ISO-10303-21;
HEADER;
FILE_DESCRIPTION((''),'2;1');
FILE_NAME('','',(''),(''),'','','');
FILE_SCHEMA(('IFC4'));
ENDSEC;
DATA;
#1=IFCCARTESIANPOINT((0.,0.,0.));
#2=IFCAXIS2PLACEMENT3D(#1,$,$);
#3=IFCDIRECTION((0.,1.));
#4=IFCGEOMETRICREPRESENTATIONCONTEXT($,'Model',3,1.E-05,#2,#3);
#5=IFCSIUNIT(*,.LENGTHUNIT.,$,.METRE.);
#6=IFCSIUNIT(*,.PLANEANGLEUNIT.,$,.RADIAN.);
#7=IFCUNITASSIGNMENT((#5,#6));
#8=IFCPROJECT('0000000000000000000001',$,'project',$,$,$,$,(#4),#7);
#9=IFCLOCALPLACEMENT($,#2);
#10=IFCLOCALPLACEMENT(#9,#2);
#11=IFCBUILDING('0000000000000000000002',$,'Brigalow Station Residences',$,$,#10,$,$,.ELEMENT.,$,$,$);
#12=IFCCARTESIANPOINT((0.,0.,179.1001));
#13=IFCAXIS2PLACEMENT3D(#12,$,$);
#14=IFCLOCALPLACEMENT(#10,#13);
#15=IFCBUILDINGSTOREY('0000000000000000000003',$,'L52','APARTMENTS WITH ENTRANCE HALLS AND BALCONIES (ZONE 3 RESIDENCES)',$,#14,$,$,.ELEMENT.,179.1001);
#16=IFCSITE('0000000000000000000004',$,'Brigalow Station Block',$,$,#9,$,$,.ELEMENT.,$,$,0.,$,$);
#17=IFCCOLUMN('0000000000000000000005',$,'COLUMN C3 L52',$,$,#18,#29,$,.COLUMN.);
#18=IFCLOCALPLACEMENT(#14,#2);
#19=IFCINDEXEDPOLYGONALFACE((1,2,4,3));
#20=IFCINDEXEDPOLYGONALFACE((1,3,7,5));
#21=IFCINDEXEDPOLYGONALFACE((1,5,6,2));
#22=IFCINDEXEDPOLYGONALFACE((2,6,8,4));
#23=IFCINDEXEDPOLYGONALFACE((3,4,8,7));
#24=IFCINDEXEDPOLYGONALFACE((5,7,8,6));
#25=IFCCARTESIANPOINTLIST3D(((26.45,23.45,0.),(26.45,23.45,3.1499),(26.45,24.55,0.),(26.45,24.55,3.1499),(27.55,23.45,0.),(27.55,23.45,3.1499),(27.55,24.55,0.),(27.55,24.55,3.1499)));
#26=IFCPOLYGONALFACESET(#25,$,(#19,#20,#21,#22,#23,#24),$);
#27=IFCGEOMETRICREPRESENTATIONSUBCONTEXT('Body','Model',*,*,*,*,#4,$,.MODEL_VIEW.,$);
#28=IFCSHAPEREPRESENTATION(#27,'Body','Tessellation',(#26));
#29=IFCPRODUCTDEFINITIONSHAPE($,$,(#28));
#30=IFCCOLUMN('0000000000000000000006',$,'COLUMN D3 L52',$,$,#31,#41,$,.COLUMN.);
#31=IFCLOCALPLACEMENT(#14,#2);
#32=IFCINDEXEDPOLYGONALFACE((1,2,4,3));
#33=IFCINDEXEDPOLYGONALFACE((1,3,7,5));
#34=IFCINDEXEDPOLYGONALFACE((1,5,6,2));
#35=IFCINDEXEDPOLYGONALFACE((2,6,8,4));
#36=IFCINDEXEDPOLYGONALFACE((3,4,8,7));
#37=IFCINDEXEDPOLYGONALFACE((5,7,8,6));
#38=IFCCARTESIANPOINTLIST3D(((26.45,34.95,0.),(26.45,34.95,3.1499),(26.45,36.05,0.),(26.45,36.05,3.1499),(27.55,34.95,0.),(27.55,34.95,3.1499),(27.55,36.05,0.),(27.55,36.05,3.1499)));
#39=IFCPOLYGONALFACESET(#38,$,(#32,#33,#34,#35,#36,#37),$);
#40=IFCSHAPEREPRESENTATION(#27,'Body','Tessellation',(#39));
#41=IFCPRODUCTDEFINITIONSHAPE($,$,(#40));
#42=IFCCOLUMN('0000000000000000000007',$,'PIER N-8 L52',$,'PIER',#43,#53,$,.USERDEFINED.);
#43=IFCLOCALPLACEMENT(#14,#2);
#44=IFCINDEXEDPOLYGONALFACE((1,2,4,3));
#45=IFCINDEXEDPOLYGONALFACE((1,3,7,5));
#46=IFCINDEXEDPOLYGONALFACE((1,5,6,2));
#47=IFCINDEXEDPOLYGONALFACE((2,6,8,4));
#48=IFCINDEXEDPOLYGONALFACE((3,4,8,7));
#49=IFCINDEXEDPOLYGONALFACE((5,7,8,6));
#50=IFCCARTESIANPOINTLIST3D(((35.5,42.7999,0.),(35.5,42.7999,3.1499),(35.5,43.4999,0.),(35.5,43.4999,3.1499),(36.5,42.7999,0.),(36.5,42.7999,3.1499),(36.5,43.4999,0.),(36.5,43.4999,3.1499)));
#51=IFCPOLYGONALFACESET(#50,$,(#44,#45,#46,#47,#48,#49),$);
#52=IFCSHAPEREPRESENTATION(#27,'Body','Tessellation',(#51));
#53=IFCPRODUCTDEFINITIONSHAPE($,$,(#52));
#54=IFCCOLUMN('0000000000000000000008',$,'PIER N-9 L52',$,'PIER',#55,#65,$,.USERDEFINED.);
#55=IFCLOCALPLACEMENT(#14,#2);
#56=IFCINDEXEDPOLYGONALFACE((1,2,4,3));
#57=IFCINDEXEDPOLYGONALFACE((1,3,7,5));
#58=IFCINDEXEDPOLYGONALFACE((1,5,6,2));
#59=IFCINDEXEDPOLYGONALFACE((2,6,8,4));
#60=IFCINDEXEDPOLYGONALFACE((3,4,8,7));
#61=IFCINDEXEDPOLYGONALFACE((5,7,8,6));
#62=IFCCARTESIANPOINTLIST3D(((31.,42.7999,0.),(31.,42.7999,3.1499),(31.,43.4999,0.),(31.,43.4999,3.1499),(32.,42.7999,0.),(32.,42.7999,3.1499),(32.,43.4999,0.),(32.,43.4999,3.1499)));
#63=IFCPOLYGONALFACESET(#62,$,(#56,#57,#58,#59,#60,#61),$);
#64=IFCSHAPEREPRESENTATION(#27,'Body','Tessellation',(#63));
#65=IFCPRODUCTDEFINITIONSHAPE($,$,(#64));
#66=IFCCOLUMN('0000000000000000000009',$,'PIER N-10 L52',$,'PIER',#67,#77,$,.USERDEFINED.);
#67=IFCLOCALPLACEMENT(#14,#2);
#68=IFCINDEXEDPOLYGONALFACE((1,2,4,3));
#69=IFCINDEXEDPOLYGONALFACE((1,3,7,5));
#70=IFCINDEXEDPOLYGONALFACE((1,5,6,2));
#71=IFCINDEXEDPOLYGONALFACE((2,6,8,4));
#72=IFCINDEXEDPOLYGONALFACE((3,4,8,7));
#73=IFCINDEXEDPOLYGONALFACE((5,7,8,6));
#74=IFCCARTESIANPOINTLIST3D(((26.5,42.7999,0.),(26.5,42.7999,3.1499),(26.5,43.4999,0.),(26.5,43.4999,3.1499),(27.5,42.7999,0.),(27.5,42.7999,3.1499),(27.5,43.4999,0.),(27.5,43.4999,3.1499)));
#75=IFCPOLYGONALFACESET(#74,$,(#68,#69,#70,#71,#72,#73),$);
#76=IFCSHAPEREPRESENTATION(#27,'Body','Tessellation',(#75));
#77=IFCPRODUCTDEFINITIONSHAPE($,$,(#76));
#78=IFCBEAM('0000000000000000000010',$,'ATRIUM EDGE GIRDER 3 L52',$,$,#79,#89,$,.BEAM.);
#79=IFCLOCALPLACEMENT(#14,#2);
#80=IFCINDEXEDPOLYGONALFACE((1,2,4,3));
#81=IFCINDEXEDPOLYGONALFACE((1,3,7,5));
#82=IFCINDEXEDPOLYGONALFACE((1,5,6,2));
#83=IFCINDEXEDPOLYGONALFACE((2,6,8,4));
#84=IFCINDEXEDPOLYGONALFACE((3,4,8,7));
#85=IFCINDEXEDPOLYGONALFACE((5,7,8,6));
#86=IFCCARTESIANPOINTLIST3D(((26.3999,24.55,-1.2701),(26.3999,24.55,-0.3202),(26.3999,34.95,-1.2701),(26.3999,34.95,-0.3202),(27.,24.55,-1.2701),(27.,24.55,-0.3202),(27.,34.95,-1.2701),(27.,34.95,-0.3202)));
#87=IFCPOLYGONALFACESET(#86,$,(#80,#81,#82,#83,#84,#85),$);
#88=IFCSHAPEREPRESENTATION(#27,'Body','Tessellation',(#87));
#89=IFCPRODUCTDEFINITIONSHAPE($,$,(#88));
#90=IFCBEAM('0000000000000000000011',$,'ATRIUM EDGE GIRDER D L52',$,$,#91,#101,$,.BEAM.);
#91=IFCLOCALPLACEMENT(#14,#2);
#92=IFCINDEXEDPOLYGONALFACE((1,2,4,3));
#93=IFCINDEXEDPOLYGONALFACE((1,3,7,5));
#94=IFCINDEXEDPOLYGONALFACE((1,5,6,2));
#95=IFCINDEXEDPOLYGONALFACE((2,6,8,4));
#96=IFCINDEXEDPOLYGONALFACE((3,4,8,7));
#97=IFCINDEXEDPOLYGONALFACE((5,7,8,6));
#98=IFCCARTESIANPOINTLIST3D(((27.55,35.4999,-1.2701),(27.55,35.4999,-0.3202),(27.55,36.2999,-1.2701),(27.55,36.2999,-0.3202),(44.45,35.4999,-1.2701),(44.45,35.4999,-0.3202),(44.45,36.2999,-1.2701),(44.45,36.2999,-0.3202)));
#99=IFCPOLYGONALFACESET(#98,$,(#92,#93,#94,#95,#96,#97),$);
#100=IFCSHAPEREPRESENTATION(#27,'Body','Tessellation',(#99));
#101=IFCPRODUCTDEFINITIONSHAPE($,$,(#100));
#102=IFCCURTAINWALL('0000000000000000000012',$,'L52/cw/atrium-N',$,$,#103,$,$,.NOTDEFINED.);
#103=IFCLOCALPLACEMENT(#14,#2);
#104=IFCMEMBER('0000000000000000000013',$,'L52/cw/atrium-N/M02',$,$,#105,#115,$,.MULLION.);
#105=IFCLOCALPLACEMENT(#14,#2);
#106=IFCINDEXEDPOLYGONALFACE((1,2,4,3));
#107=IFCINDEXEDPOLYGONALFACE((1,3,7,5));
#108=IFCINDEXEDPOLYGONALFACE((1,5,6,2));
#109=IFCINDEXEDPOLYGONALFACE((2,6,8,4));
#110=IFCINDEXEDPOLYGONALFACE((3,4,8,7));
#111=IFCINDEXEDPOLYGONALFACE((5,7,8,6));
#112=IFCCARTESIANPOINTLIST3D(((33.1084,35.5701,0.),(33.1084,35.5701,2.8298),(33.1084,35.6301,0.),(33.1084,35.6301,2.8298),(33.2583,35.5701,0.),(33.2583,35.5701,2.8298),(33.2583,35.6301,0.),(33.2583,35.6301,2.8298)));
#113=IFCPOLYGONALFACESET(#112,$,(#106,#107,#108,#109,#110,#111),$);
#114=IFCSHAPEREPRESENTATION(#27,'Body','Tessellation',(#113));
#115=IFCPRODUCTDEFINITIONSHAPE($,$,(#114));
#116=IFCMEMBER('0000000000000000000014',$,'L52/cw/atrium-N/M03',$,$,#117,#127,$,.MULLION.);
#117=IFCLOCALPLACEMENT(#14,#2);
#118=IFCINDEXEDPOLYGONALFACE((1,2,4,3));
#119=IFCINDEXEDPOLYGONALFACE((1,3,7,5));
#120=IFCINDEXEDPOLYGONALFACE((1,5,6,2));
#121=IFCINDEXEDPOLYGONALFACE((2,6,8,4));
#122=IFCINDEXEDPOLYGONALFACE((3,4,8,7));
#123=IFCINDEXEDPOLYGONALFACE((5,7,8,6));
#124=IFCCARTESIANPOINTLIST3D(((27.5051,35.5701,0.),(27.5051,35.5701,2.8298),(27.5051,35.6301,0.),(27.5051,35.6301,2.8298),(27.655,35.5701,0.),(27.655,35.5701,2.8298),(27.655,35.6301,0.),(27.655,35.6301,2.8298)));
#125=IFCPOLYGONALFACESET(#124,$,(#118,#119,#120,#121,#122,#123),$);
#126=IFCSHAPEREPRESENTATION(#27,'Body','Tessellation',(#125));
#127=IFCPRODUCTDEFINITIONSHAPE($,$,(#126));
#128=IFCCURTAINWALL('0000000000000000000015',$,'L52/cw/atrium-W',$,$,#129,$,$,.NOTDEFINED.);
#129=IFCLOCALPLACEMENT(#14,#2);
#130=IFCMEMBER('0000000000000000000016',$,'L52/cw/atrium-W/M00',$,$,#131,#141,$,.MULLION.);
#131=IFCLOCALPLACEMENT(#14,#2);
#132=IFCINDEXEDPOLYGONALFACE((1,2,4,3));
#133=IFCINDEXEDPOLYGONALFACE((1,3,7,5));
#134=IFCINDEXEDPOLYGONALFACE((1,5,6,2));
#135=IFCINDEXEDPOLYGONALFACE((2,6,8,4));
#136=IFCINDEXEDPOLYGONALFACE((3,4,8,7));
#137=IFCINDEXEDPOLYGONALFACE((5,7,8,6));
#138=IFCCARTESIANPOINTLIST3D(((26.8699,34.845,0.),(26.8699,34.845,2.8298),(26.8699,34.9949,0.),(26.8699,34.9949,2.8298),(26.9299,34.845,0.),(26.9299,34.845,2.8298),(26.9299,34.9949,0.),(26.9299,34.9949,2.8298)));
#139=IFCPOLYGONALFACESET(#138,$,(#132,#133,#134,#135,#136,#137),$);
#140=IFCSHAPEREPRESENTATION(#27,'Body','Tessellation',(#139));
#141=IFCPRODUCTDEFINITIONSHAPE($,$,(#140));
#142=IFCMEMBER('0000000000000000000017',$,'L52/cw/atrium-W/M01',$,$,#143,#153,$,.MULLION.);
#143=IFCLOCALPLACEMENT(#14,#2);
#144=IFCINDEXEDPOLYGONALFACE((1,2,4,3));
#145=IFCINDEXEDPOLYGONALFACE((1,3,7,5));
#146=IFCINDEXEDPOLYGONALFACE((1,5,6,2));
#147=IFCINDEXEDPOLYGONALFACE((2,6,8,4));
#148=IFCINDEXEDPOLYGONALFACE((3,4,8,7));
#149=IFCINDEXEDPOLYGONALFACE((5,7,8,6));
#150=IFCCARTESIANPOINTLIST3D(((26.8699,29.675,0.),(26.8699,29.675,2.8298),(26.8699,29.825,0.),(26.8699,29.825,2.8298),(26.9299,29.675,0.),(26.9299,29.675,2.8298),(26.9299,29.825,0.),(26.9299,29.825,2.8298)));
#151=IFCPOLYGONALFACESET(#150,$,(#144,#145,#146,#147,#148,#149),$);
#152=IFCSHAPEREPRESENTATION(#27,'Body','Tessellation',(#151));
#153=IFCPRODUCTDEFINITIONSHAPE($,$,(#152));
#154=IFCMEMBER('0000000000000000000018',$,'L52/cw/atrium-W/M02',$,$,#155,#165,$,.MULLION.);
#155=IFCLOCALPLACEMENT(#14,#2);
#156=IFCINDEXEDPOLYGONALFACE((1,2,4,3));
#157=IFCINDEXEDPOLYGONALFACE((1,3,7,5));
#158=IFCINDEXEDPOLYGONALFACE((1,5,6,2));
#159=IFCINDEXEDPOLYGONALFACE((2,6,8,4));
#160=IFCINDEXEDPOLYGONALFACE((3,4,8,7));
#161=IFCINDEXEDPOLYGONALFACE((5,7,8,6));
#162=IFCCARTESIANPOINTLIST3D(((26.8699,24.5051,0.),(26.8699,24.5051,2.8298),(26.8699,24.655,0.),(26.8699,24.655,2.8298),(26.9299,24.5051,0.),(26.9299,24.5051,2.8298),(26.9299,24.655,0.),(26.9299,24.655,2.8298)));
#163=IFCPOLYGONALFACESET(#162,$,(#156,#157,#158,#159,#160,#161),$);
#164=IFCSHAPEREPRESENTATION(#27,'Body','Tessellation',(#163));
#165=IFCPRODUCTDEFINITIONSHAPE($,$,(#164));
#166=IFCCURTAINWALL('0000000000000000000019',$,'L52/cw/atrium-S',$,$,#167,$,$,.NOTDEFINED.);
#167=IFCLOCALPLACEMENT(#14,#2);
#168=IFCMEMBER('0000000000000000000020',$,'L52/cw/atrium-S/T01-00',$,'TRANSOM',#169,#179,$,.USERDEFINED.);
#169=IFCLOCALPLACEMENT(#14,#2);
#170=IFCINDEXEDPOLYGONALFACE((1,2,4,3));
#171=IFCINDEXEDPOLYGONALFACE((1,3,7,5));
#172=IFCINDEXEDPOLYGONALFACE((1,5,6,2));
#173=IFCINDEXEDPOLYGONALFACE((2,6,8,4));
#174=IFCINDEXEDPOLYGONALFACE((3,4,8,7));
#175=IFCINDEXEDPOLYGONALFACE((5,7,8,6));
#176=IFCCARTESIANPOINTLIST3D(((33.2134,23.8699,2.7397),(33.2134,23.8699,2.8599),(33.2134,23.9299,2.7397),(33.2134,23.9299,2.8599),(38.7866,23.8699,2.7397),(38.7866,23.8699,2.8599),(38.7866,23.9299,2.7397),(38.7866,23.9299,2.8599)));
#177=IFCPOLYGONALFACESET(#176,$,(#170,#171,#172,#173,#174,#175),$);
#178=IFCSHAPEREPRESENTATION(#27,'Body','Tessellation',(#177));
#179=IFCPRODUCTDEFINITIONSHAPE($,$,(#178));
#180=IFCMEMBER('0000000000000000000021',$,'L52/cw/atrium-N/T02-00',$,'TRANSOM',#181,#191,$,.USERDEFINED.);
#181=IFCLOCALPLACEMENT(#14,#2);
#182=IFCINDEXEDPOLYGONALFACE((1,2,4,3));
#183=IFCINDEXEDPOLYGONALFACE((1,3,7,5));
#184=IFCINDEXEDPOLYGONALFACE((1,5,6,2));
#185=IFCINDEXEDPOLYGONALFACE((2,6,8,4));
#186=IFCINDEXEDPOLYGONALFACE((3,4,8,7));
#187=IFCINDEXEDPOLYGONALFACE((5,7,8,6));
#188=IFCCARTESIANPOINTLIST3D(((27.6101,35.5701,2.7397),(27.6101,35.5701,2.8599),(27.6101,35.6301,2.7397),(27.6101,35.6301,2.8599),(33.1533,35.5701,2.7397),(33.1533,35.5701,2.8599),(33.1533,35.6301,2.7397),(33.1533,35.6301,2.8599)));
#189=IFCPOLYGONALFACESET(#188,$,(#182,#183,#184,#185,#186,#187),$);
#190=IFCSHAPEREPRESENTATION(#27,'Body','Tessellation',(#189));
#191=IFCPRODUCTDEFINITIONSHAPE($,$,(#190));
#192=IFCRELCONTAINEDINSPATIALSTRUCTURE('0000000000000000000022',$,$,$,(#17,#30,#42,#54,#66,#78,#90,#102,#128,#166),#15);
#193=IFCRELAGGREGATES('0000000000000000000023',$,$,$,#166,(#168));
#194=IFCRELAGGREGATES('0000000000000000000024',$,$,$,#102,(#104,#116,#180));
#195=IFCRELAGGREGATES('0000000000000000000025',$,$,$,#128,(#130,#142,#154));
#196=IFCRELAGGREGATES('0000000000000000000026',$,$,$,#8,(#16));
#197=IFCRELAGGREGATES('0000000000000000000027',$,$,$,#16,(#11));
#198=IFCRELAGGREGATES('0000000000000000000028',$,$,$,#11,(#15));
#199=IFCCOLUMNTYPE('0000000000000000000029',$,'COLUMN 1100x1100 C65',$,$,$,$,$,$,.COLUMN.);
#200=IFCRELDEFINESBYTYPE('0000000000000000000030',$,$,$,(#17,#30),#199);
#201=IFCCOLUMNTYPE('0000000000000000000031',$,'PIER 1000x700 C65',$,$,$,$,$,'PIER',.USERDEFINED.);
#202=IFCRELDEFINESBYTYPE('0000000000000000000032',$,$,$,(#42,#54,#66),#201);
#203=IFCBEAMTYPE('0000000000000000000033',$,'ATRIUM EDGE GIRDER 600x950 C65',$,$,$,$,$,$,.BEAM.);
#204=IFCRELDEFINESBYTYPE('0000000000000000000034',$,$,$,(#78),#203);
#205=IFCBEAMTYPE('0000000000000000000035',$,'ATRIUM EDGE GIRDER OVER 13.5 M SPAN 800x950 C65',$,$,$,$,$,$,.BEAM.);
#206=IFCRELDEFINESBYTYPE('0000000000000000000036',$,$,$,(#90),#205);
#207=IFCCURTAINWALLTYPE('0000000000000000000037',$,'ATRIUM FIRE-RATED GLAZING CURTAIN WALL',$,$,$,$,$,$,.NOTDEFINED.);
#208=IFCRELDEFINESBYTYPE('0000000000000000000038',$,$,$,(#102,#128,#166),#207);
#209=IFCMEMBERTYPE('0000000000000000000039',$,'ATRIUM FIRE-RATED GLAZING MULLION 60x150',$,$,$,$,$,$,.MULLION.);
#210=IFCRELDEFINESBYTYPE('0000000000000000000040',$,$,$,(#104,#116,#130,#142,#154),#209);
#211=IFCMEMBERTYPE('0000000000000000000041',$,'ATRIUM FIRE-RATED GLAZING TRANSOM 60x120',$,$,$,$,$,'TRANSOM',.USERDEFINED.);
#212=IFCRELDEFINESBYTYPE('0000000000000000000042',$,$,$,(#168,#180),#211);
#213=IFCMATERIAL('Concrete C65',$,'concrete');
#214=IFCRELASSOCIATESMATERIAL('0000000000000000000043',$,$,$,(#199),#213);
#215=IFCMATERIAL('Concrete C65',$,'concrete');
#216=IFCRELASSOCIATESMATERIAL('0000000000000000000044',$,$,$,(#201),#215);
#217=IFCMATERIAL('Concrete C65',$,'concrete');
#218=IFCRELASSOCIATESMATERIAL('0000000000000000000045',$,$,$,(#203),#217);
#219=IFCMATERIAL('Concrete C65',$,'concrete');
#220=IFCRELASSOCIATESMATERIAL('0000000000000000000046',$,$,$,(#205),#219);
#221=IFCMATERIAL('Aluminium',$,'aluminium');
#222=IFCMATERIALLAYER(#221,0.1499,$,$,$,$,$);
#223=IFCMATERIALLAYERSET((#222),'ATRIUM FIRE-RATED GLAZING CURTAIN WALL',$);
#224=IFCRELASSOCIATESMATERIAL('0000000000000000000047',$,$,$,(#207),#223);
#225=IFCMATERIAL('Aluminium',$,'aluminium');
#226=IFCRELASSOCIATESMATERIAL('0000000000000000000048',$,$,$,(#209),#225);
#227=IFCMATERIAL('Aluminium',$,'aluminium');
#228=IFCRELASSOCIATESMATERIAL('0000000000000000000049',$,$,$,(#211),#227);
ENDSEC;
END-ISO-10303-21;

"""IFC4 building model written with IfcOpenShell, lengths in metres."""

from ifc_helpers import new_model, si_unit, direction, frame, origin, origin_2d, place, context, subcontext, project, spatial, rectangle, extrude, material, layer, layer_set, material_profile, profile_set, type_object, element, aggregate, save


model = new_model("IFC4")

# Units and contexts
model_context = context("Model", 3, precision=1e-05, world=origin(), true_north=direction((0.0, 1.0)))
body_context = subcontext(model_context, "Body", "Model", "MODEL_VIEW")
ifc_project = project(units=[si_unit("LENGTHUNIT", "METRE"), si_unit("PLANEANGLEUNIT", "RADIAN")], contexts=[model_context])

# Site, building, storey
site_placement = place(None, origin())
site = spatial("IfcSite", under=ifc_project, at=site_placement, Name="Brigalow Station Block", CompositionType="ELEMENT", RefElevation=0.0)
building_placement = place(site_placement, origin())
building = spatial("IfcBuilding", under=site, at=building_placement, Name="Brigalow Station Residences", CompositionType="ELEMENT")
storey_placement = place(building_placement, frame((0.0, 0.0, 179.1001)))
storey = spatial("IfcBuildingStorey", under=building, at=storey_placement, Name="L52", Description="APARTMENTS WITH ENTRANCE HALLS AND BALCONIES (ZONE 3 RESIDENCES)", CompositionType="ELEMENT", Elevation=179.1001)

# Columns
ifc_material_1 = material(Name="Concrete C65", Category="concrete")
ifc_material_profile_1 = material_profile(ifc_material_1, rectangle(XDim=1.1001, YDim=1.1001, at=origin_2d()), Name="RC1100x1100")
ifc_profile_set_1 = profile_set([ifc_material_profile_1], Name="Concrete C65")
column_type_1 = type_object("IfcColumnType", Name="COLUMN 1100x1100 C65", PredefinedType="COLUMN", material=ifc_profile_set_1)
for number, where, z_axis, x_axis, name in (
    (1, (27.0, 24.0, 0.0), (0.0, 0.0, 1.0), (1.0, 0.0, 0.0), "COLUMN C3 L52"),
    (2, (27.0, 35.5, 0.0), (0.0, 0.0, 1.0), (1.0, 0.0, 0.0), "COLUMN D3 L52"),
):
    element("IfcColumn", number, at=place(storey_placement, frame(where, z_axis=z_axis, x_axis=x_axis)), inside=storey, type_object=column_type_1, Name=name, PredefinedType="COLUMN", context=body_context, shape_type="SweptSolid", body=[
        extrude(rectangle(XDim=1.1001, YDim=1.1001, at=origin_2d()), origin(), (0.0, 0.0, 1.0), 3.1499),
    ])
ifc_material_2 = material(Name="Concrete C65", Category="concrete")
ifc_material_profile_2 = material_profile(ifc_material_2, rectangle(XDim=1.0, YDim=0.7, at=origin_2d()), Name="RC1000x700")
ifc_profile_set_2 = profile_set([ifc_material_profile_2], Name="Concrete C65")
column_type_2 = type_object("IfcColumnType", Name="PIER 1000x700 C65", ElementType="PIER", PredefinedType="USERDEFINED", material=ifc_profile_set_2)
for number, where, z_axis, x_axis, name in (
    (3, (36.0, 43.1499, 0.0), (0.0, 0.0, 1.0), (-1.0, 0.0, 0.0), "PIER N-8 L52"),
    (4, (31.5, 43.1499, 0.0), (0.0, 0.0, 1.0), (-1.0, 0.0, 0.0), "PIER N-9 L52"),
    (5, (27.0, 43.1499, 0.0), (0.0, 0.0, 1.0), (-1.0, 0.0, 0.0), "PIER N-10 L52"),
):
    element("IfcColumn", number, at=place(storey_placement, frame(where, z_axis=z_axis, x_axis=x_axis)), inside=storey, type_object=column_type_2, Name=name, ObjectType="PIER", PredefinedType="USERDEFINED", context=body_context, shape_type="SweptSolid", body=[
        extrude(rectangle(XDim=1.0, YDim=0.7, at=origin_2d()), origin(), (0.0, 0.0, 1.0), 3.1499),
    ])

# Beams
ifc_material_3 = material(Name="Concrete C65", Category="concrete")
ifc_material_profile_3 = material_profile(ifc_material_3, rectangle(XDim=0.6001, YDim=0.95, at=origin_2d()), Name="RC600x950")
ifc_profile_set_3 = profile_set([ifc_material_profile_3], Name="Concrete C65")
beam_type_1 = type_object("IfcBeamType", Name="ATRIUM EDGE GIRDER 600x950 C65", PredefinedType="BEAM", material=ifc_profile_set_3)
beam_1_placement = place(storey_placement, frame((26.7, 24.55, -0.7952), z_axis=(0.0, 1.0, 0.0), x_axis=(-1.0, 0.0, 0.0)))
element("IfcBeam", 6, at=beam_1_placement, inside=storey, type_object=beam_type_1, Name="ATRIUM EDGE GIRDER 3 L52", PredefinedType="BEAM", context=body_context, shape_type="SweptSolid", body=[
    extrude(rectangle(XDim=0.6001, YDim=0.95, at=origin_2d()), origin(), (0.0, 0.0, 1.0), 10.3999),
])
ifc_material_4 = material(Name="Concrete C65", Category="concrete")
ifc_material_profile_4 = material_profile(ifc_material_4, rectangle(XDim=0.8, YDim=0.95, at=origin_2d()), Name="RC800x950")
ifc_profile_set_4 = profile_set([ifc_material_profile_4], Name="Concrete C65")
beam_type_2 = type_object("IfcBeamType", Name="ATRIUM EDGE GIRDER OVER 13.5 M SPAN 800x950 C65", PredefinedType="BEAM", material=ifc_profile_set_4)
beam_2_placement = place(storey_placement, frame((27.55, 35.8999, -0.7952), z_axis=(1.0, 0.0, 0.0), x_axis=(0.0, 1.0, 0.0)))
element("IfcBeam", 7, at=beam_2_placement, inside=storey, type_object=beam_type_2, Name="ATRIUM EDGE GIRDER D L52", PredefinedType="BEAM", context=body_context, shape_type="SweptSolid", body=[
    extrude(rectangle(XDim=0.8, YDim=0.95, at=origin_2d()), origin(), (0.0, 0.0, 1.0), 16.8999),
])

# Curtain walls, members
ifc_material_5 = material(Name="Aluminium", Category="aluminium")
ifc_layer_1 = layer(ifc_material_5, 0.1499)
ifc_layer_set_1 = layer_set([ifc_layer_1], Name="ATRIUM FIRE-RATED GLAZING CURTAIN WALL")
curtain_wall_type = type_object("IfcCurtainWallType", Name="ATRIUM FIRE-RATED GLAZING CURTAIN WALL", PredefinedType="NOTDEFINED", material=ifc_layer_set_1)
curtain_wall_1_placement = place(storey_placement, origin())
curtain_wall_1 = element("IfcCurtainWall", 8, at=curtain_wall_1_placement, inside=storey, type_object=curtain_wall_type, Name="L52/cw/atrium-N", PredefinedType="NOTDEFINED")
ifc_material_6 = material(Name="Aluminium", Category="aluminium")
ifc_material_profile_5 = material_profile(ifc_material_6, rectangle(XDim=0.0601, YDim=0.1499, at=origin_2d()), Name="ATRIUM FIRE-RATED GLAZING MULLION 60x150")
ifc_profile_set_5 = profile_set([ifc_material_profile_5], Name="Aluminium")
member_type_1 = type_object("IfcMemberType", Name="ATRIUM FIRE-RATED GLAZING MULLION 60x150", PredefinedType="MULLION", material=ifc_profile_set_5)
member_1_placement = place(storey_placement, frame((33.1833, 35.6001, 0.0), z_axis=(0.0, 0.0, 1.0), x_axis=(0.0, -1.0, 0.0)))
member_1 = element("IfcMember", 9, at=member_1_placement, type_object=member_type_1, Name="L52/cw/atrium-N/M02", PredefinedType="MULLION", context=body_context, shape_type="SweptSolid", body=[
    extrude(rectangle(XDim=0.0601, YDim=0.1499, at=origin_2d()), origin(), (0.0, 0.0, 1.0), 2.8298),
])
member_2_placement = place(storey_placement, frame((27.5801, 35.6001, 0.0), z_axis=(0.0, 0.0, 1.0), x_axis=(0.0, -1.0, 0.0)))
member_2 = element("IfcMember", 10, at=member_2_placement, type_object=member_type_1, Name="L52/cw/atrium-N/M03", PredefinedType="MULLION", context=body_context, shape_type="SweptSolid", body=[
    extrude(rectangle(XDim=0.0601, YDim=0.1499, at=origin_2d()), origin(), (0.0, 0.0, 1.0), 2.8298),
])
curtain_wall_2_placement = place(storey_placement, origin())
curtain_wall_2 = element("IfcCurtainWall", 11, at=curtain_wall_2_placement, inside=storey, type_object=curtain_wall_type, Name="L52/cw/atrium-W", PredefinedType="NOTDEFINED")
member_3_placement = place(storey_placement, frame((26.8999, 34.9199, 0.0), z_axis=(0.0, 0.0, 1.0), x_axis=(1.0, 0.0, 0.0)))
member_3 = element("IfcMember", 12, at=member_3_placement, type_object=member_type_1, Name="L52/cw/atrium-W/M00", PredefinedType="MULLION", context=body_context, shape_type="SweptSolid", body=[
    extrude(rectangle(XDim=0.0601, YDim=0.1499, at=origin_2d()), origin(), (0.0, 0.0, 1.0), 2.8298),
])
member_4_placement = place(storey_placement, frame((26.8999, 29.75, 0.0), z_axis=(0.0, 0.0, 1.0), x_axis=(1.0, 0.0, 0.0)))
member_4 = element("IfcMember", 13, at=member_4_placement, type_object=member_type_1, Name="L52/cw/atrium-W/M01", PredefinedType="MULLION", context=body_context, shape_type="SweptSolid", body=[
    extrude(rectangle(XDim=0.0601, YDim=0.1499, at=origin_2d()), origin(), (0.0, 0.0, 1.0), 2.8298),
])
member_5_placement = place(storey_placement, frame((26.8999, 24.5801, 0.0), z_axis=(0.0, 0.0, 1.0), x_axis=(1.0, 0.0, 0.0)))
member_5 = element("IfcMember", 14, at=member_5_placement, type_object=member_type_1, Name="L52/cw/atrium-W/M02", PredefinedType="MULLION", context=body_context, shape_type="SweptSolid", body=[
    extrude(rectangle(XDim=0.0601, YDim=0.1499, at=origin_2d()), origin(), (0.0, 0.0, 1.0), 2.8298),
])

# Curtain wall, member
curtain_wall_3_placement = place(storey_placement, origin())
curtain_wall_3 = element("IfcCurtainWall", 15, at=curtain_wall_3_placement, inside=storey, type_object=curtain_wall_type, Name="L52/cw/atrium-S", PredefinedType="NOTDEFINED")
ifc_material_7 = material(Name="Aluminium", Category="aluminium")
ifc_material_profile_6 = material_profile(ifc_material_7, rectangle(XDim=0.0601, YDim=0.1201, at=origin_2d()), Name="ATRIUM FIRE-RATED GLAZING TRANSOM 60x120")
ifc_profile_set_6 = profile_set([ifc_material_profile_6], Name="Aluminium")
member_type_2 = type_object("IfcMemberType", Name="ATRIUM FIRE-RATED GLAZING TRANSOM 60x120", ElementType="TRANSOM", PredefinedType="USERDEFINED", material=ifc_profile_set_6)
member_6_placement = place(storey_placement, frame((33.2134, 23.8999, 2.7998), z_axis=(1.0, 0.0, 0.0), x_axis=(0.0, 1.0, 0.0)))
member_6 = element("IfcMember", 16, at=member_6_placement, type_object=member_type_2, Name="L52/cw/atrium-S/T01-00", ObjectType="TRANSOM", PredefinedType="USERDEFINED", context=body_context, shape_type="SweptSolid", body=[
    extrude(rectangle(XDim=0.0601, YDim=0.1201, at=origin_2d()), origin(), (0.0, 0.0, 1.0), 5.5732),
])
aggregate(curtain_wall_3, [member_6])

# Member
member_7_placement = place(storey_placement, frame((33.1533, 35.6001, 2.7998), z_axis=(-1.0, 0.0, 0.0), x_axis=(0.0, -1.0, 0.0)))
member_7 = element("IfcMember", 17, at=member_7_placement, type_object=member_type_2, Name="L52/cw/atrium-N/T02-00", ObjectType="TRANSOM", PredefinedType="USERDEFINED", context=body_context, shape_type="SweptSolid", body=[
    extrude(rectangle(XDim=0.0601, YDim=0.1201, at=origin_2d()), origin(), (0.0, 0.0, 1.0), 5.5432),
])

aggregate(curtain_wall_1, [member_1, member_2, member_7])
aggregate(curtain_wall_2, [member_3, member_4, member_5])

save(model, "model.ifc")
